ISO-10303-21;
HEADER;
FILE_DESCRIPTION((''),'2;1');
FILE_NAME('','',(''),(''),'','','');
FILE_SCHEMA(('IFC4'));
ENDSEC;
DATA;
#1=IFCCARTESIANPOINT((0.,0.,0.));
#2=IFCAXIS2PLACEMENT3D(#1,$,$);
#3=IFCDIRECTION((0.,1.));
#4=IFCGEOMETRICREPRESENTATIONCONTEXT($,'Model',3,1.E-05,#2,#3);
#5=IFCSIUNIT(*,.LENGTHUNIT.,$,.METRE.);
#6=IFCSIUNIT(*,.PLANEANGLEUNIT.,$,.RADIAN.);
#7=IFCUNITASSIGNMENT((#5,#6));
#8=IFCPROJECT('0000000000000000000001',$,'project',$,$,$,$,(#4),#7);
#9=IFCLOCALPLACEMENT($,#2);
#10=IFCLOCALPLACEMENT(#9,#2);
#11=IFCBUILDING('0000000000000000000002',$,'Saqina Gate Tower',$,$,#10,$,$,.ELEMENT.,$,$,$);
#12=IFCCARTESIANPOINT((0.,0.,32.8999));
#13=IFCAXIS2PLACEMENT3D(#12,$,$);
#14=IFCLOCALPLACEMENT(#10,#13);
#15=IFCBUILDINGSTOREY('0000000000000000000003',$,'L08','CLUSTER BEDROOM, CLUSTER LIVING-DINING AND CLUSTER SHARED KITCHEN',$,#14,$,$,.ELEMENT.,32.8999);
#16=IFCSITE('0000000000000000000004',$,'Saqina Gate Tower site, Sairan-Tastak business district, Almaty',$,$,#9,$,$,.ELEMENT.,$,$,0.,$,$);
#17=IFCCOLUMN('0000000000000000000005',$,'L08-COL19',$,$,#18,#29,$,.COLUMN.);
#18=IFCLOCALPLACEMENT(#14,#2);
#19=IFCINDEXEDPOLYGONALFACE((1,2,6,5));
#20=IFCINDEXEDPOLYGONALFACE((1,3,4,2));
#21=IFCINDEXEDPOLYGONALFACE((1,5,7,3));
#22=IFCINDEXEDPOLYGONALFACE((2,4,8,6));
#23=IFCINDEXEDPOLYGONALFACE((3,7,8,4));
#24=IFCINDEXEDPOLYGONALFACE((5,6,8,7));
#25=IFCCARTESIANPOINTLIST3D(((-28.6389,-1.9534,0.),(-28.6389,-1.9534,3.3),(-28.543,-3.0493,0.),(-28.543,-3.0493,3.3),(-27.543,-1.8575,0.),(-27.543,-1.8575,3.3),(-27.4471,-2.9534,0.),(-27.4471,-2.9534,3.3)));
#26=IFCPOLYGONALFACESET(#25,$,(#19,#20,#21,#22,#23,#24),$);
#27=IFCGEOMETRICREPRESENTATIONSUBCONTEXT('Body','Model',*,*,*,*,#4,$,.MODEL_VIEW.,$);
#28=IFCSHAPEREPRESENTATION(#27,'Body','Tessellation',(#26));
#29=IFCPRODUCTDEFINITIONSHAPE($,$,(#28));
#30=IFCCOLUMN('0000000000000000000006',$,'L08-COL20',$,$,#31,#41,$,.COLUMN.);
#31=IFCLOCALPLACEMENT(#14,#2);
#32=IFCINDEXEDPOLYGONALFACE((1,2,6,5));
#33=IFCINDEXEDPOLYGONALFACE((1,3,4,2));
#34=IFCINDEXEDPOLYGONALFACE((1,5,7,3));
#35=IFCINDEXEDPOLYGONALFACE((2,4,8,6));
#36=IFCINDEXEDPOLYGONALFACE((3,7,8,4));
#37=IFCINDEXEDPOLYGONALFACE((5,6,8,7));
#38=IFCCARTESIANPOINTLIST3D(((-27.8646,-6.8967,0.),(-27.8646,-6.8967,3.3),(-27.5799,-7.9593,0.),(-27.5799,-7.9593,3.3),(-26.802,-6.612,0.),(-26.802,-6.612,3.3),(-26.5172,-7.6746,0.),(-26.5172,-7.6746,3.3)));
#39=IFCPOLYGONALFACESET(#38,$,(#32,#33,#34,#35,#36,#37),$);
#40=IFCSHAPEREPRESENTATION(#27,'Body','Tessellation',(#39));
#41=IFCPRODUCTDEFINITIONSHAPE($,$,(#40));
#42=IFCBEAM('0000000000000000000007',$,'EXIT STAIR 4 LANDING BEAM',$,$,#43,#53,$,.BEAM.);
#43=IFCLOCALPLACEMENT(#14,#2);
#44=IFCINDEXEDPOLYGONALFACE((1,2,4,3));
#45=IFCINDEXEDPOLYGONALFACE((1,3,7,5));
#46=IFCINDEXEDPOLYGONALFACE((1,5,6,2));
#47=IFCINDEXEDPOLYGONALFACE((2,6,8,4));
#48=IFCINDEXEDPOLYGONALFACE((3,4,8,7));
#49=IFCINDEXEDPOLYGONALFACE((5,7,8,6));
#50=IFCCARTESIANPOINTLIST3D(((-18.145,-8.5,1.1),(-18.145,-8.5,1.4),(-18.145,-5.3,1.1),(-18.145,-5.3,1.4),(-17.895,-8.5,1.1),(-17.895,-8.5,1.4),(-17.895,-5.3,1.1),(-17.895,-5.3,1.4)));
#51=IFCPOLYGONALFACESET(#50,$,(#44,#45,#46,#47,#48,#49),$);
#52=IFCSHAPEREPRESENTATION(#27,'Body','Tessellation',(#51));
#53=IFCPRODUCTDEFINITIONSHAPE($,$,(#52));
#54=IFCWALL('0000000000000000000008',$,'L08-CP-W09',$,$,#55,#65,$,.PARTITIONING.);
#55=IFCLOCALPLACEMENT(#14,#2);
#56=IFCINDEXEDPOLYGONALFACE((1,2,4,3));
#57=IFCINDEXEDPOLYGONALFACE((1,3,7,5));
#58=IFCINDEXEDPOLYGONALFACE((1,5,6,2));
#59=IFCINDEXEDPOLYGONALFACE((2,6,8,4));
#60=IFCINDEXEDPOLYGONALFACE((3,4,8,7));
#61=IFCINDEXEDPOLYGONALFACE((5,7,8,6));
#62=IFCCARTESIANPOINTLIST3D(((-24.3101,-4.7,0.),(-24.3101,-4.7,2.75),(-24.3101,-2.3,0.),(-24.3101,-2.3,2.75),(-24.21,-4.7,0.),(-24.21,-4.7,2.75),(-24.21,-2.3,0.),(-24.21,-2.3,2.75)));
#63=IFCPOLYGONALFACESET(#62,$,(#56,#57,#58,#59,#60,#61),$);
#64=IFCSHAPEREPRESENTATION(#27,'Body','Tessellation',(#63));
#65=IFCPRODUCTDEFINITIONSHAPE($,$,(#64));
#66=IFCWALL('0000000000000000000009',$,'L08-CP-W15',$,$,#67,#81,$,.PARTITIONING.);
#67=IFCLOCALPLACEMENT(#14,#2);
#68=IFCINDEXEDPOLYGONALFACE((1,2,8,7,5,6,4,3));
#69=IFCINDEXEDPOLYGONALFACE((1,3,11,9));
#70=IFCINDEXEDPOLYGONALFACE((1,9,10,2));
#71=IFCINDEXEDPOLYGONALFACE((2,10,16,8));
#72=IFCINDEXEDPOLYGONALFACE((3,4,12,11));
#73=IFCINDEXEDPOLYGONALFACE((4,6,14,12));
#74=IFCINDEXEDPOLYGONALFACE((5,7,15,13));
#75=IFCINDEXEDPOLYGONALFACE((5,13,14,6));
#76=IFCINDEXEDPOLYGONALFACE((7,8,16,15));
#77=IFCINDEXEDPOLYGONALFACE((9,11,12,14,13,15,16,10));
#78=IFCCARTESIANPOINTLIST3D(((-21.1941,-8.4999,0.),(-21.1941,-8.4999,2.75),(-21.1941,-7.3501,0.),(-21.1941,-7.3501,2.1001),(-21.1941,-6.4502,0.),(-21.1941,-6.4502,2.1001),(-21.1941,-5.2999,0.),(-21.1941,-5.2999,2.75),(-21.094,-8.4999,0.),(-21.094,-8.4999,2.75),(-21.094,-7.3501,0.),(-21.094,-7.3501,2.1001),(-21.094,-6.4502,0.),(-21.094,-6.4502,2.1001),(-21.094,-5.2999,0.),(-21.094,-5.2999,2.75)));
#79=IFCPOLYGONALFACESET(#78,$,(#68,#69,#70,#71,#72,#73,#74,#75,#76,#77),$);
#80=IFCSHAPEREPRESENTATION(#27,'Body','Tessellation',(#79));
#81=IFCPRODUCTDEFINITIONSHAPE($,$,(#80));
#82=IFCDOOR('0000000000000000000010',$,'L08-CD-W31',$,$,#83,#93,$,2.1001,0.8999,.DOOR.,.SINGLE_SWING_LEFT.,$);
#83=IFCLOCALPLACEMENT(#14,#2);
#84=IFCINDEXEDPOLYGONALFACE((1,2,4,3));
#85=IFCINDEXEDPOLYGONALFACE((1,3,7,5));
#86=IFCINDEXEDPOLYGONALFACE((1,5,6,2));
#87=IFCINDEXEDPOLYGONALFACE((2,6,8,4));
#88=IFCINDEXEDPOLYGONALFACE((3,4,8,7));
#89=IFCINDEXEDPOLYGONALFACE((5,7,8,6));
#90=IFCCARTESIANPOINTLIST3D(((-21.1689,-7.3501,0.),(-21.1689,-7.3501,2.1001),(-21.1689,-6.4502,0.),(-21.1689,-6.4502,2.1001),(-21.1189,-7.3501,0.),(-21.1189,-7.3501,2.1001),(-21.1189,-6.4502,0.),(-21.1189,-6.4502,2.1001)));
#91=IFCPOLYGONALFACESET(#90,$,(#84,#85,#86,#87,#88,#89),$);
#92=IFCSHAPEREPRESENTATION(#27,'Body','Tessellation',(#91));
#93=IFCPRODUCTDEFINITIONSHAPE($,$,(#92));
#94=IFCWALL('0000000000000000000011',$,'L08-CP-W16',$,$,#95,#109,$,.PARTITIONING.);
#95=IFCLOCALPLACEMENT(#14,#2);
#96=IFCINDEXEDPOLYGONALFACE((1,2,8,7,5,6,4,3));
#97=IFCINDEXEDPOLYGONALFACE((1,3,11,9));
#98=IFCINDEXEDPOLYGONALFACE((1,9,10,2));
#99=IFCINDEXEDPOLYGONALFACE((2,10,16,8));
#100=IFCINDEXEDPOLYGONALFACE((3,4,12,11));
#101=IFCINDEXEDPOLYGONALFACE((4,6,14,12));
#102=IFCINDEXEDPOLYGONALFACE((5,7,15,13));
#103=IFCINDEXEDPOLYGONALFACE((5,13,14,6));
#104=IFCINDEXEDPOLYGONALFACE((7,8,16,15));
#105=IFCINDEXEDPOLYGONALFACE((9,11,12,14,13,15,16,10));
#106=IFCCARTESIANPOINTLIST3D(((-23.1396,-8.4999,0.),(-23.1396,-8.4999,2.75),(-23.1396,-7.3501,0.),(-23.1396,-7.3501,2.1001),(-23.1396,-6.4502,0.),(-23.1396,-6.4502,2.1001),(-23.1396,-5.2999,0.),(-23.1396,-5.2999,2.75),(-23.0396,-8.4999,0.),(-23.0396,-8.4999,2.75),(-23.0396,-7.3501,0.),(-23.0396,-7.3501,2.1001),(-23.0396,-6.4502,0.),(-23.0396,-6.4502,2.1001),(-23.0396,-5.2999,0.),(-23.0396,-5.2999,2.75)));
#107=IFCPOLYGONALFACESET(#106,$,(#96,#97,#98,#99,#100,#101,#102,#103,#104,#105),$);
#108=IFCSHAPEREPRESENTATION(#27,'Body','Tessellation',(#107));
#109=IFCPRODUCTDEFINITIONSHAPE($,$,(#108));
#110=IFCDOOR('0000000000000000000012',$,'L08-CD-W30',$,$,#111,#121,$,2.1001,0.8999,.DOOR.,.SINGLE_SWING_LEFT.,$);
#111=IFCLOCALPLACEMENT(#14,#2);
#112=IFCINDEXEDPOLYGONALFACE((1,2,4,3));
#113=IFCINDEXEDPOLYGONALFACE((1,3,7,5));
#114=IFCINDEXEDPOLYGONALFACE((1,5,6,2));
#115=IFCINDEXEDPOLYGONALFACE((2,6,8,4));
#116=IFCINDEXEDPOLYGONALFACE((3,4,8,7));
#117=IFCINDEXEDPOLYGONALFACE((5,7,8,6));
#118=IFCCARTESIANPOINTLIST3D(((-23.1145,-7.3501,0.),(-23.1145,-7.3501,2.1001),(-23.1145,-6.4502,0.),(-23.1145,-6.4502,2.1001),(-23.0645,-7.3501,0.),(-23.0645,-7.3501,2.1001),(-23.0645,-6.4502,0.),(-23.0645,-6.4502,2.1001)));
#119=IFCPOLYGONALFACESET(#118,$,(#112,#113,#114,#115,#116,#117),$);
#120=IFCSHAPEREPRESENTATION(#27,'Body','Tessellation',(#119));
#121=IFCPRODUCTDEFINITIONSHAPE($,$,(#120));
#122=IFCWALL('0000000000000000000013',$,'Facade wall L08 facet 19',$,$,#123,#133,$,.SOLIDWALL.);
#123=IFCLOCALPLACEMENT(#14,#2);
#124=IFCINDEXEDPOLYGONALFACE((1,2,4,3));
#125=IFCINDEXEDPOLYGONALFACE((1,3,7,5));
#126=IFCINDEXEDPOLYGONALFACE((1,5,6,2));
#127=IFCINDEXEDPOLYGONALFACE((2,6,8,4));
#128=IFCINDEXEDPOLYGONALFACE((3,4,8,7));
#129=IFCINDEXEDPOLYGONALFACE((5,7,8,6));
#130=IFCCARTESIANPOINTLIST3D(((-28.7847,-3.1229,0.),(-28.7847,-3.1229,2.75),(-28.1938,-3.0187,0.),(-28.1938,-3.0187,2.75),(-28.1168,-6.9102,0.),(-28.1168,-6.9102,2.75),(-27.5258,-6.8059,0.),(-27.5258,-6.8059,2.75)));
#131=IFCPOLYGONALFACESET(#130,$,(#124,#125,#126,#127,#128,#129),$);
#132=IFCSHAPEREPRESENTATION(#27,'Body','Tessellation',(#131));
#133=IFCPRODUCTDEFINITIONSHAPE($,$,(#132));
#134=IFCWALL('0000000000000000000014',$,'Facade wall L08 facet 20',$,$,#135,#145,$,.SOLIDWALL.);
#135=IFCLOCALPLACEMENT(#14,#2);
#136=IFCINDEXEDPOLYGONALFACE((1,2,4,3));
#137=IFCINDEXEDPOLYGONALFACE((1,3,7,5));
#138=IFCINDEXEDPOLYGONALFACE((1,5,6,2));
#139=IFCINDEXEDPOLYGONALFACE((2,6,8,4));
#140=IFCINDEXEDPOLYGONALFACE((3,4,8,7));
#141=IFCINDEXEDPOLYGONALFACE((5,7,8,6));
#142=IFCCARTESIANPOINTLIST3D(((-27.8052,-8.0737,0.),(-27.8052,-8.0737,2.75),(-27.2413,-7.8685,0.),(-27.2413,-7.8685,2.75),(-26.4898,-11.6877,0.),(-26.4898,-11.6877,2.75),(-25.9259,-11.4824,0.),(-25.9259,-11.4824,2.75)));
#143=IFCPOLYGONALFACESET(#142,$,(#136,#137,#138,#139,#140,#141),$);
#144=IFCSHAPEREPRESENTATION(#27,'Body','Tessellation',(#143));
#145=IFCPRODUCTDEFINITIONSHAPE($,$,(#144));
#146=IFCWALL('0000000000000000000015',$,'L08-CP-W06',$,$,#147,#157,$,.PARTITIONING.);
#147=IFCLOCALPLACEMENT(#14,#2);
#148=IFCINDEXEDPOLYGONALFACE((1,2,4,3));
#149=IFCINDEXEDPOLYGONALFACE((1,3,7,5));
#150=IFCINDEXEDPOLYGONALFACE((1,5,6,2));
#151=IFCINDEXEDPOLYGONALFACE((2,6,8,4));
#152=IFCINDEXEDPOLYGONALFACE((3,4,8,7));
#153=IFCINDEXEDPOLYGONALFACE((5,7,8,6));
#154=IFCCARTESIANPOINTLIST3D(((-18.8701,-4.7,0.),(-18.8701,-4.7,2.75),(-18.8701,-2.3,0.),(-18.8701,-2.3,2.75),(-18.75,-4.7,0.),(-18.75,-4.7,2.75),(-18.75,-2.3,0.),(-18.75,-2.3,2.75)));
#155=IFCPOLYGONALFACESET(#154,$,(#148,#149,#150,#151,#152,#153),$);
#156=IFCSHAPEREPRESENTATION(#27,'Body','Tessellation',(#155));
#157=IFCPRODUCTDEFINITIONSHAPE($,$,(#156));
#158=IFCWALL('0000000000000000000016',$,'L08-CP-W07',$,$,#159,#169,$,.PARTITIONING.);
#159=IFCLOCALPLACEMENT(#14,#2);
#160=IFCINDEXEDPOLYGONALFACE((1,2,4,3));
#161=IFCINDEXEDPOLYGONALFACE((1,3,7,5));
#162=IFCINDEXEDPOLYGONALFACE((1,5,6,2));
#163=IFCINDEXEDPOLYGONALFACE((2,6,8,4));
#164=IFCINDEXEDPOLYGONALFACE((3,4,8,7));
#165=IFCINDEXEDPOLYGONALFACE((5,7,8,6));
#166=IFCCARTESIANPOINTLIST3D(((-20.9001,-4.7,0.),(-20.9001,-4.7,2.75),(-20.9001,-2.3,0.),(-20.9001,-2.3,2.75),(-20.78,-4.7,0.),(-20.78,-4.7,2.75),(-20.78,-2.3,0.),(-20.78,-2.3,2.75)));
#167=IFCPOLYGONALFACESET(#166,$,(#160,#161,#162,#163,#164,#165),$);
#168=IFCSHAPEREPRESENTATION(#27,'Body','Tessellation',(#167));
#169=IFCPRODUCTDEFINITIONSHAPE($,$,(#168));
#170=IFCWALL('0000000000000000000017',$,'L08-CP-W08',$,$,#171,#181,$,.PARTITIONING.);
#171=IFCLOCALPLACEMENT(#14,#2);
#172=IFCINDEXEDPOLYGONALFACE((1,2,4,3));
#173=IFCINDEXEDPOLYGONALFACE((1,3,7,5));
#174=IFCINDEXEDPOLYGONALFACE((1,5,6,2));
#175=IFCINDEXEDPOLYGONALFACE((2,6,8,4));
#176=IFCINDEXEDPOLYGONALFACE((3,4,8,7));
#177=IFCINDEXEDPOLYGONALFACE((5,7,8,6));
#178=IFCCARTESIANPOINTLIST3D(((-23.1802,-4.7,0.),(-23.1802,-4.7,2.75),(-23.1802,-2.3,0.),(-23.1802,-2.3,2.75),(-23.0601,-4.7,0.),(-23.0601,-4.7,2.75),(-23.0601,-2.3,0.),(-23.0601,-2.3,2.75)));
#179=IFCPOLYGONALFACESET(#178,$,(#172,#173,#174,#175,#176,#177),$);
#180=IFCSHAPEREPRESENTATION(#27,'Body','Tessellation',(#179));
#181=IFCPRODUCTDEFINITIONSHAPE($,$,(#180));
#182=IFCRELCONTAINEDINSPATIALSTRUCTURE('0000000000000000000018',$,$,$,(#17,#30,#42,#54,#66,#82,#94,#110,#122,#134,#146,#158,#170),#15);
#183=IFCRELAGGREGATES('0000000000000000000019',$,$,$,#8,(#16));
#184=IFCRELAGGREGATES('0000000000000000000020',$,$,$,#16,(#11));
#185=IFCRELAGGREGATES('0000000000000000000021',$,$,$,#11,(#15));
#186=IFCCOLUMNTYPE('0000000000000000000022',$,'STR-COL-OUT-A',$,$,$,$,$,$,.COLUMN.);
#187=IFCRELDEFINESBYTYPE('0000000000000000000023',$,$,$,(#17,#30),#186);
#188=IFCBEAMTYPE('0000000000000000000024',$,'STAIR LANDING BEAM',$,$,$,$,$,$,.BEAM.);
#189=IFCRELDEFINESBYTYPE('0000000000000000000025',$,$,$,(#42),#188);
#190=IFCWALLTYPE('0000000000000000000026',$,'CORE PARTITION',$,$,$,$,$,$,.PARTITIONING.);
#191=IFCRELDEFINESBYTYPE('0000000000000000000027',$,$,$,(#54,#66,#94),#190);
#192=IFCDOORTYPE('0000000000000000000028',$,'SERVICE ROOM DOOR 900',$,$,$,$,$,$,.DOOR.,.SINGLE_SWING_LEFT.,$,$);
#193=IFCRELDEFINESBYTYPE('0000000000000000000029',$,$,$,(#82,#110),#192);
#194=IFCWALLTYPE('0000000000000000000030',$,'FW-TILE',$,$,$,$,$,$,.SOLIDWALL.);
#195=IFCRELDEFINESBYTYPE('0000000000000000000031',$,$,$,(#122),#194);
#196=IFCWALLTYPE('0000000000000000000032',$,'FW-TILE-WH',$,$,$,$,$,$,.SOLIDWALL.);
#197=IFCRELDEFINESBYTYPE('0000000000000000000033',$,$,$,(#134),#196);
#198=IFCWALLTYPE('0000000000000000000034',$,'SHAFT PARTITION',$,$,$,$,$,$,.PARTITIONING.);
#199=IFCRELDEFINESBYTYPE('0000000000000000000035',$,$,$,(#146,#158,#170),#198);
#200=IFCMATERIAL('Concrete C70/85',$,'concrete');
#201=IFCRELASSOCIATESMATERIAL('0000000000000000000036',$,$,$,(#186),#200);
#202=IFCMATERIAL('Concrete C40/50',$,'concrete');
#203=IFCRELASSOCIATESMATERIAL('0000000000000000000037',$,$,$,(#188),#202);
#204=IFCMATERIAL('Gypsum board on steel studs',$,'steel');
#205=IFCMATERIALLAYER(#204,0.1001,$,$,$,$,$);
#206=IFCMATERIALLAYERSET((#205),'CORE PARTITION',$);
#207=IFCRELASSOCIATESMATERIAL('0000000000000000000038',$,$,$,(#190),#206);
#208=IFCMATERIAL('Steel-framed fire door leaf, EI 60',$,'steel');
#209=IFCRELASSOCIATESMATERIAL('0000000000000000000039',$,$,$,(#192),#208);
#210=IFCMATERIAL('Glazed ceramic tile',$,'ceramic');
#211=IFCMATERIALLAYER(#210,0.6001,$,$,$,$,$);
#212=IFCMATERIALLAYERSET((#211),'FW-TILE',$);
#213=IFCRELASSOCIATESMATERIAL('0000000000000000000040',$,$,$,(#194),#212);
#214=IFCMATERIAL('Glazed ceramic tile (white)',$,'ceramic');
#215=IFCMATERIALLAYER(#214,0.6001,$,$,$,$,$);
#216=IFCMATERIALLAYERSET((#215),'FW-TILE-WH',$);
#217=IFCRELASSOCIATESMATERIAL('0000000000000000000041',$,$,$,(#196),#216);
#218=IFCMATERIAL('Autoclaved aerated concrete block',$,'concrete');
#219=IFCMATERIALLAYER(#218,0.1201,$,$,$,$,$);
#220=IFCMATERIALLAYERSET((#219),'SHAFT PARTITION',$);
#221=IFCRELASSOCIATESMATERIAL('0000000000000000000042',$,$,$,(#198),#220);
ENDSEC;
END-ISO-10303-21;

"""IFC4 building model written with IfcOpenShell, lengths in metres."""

from ifc_helpers import new_model, si_unit, direction, frame, frame_2d, origin, origin_2d, place, context, subcontext, project, spatial, rectangle, extrude, material, layer, layer_set, material_profile, profile_set, type_object, element, fill, save


model = new_model("IFC4")

# Units and contexts
model_context = context("Model", 3, precision=1e-05, world=origin(), true_north=direction((0.0, 1.0)))
body_context = subcontext(model_context, "Body", "Model", "MODEL_VIEW")
ifc_project = project(units=[si_unit("LENGTHUNIT", "METRE"), si_unit("PLANEANGLEUNIT", "RADIAN")], contexts=[model_context])

# Site, building, storey
site_placement = place(None, origin())
site = spatial("IfcSite", under=ifc_project, at=site_placement, Name="Saqina Gate Tower site, Sairan-Tastak business district, Almaty", CompositionType="ELEMENT", RefElevation=0.0)
building_placement = place(site_placement, origin())
building = spatial("IfcBuilding", under=site, at=building_placement, Name="Saqina Gate Tower", CompositionType="ELEMENT")
storey_placement = place(building_placement, frame((0.0, 0.0, 32.8999)))
storey = spatial("IfcBuildingStorey", under=building, at=storey_placement, Name="L08", Description="CLUSTER BEDROOM, CLUSTER LIVING-DINING AND CLUSTER SHARED KITCHEN", CompositionType="ELEMENT", Elevation=32.8999)

# Columns
ifc_material_1 = material(Name="Concrete C70/85", Category="concrete")
ifc_material_profile_1 = material_profile(ifc_material_1, rectangle(XDim=1.1001, YDim=1.1001, at=origin_2d()), Name="RC 1100x1100")
ifc_profile_set_1 = profile_set([ifc_material_profile_1], Name="Concrete C70/85")
column_type = type_object("IfcColumnType", Name="STR-COL-OUT-A", PredefinedType="COLUMN", material=ifc_profile_set_1)
for number, where, z_axis, x_axis, name in (
    (1, (-28.043, -2.4534, 0.0), (0.0, 0.0, 1.0), (-0.996195, -0.087156, 0.0), "L08-COL19"),
    (2, (-27.1909, -7.2856, 0.0), (0.0, 0.0, 1.0), (-0.965926, -0.258819, 0.0), "L08-COL20"),
):
    element("IfcColumn", number, at=place(storey_placement, frame(where, z_axis=z_axis, x_axis=x_axis)), inside=storey, type_object=column_type, Name=name, PredefinedType="COLUMN", context=body_context, shape_type="SweptSolid", body=[
        extrude(rectangle(XDim=1.1001, YDim=1.1001, at=origin_2d()), origin(), (0.0, 0.0, 1.0), 3.3),
    ])

# Beam
ifc_material_2 = material(Name="Concrete C40/50", Category="concrete")
ifc_material_profile_2 = material_profile(ifc_material_2, rectangle(XDim=0.25, YDim=0.3, at=origin_2d()), Name="STAIR LANDING BEAM")
ifc_profile_set_2 = profile_set([ifc_material_profile_2], Name="Concrete C40/50")
beam_type = type_object("IfcBeamType", Name="STAIR LANDING BEAM", PredefinedType="BEAM", material=ifc_profile_set_2)
beam_placement = place(storey_placement, frame((-18.02, -8.5, 1.25), z_axis=(0.0, 1.0, 0.0), x_axis=(-1.0, 0.0, 0.0)))
element("IfcBeam", 3, at=beam_placement, inside=storey, type_object=beam_type, Name="EXIT STAIR 4 LANDING BEAM", PredefinedType="BEAM", context=body_context, shape_type="SweptSolid", body=[
    extrude(rectangle(XDim=0.25, YDim=0.3, at=origin_2d()), origin(), (0.0, 0.0, 1.0), 3.2),
])

# Wall
ifc_material_3 = material(Name="Gypsum board on steel studs", Category="steel")
ifc_layer_1 = layer(ifc_material_3, 0.1001)
ifc_layer_set_1 = layer_set([ifc_layer_1], Name="CORE PARTITION")
wall_type_1 = type_object("IfcWallType", Name="CORE PARTITION", PredefinedType="PARTITIONING", material=ifc_layer_set_1)
wall_1_placement = place(storey_placement, frame((-24.26, -4.7, 0.0), z_axis=(0.0, 0.0, 1.0), x_axis=(0.0, 1.0, 0.0)))
element("IfcWall", 4, at=wall_1_placement, inside=storey, type_object=wall_type_1, Name="L08-CP-W09", PredefinedType="PARTITIONING", context=body_context, shape_type="SweptSolid", body=[
    extrude(rectangle(XDim=2.3999, YDim=0.1001, at=frame_2d((1.2, 0.0))), origin(), (0.0, 0.0, 1.0), 2.75),
])

# Walls, openings, doors
wall_2_placement = place(storey_placement, frame((-21.144, -8.5, 0.0), z_axis=(0.0, 0.0, 1.0), x_axis=(0.0, 1.0, 0.0)))
wall_2 = element("IfcWall", 5, at=wall_2_placement, inside=storey, type_object=wall_type_1, Name="L08-CP-W15", PredefinedType="PARTITIONING", context=body_context, shape_type="SweptSolid", body=[
    extrude(rectangle(XDim=3.2, YDim=0.1001, at=frame_2d((1.6001, 0.0))), origin(), (0.0, 0.0, 1.0), 2.75),
])
opening_1_placement = place(wall_2_placement, frame((1.1499, 0.0, 0.0)))
opening_1 = element("IfcOpeningElement", 6, at=opening_1_placement, cuts=wall_2, PredefinedType="OPENING", context=body_context, shape_type="SweptSolid", body=[
    extrude(rectangle(XDim=0.8999, YDim=2.1001, at=frame_2d((0.45, 1.05))), frame((0.0, 0.062, 0.0), z_axis=(0.0, -1.0, 0.0), x_axis=(1.0, 0.0, 0.0)), (0.0, 0.0, 1.0), 0.124),
])
ifc_material_4 = material(Name="Steel-framed fire door leaf, EI 60", Category="steel")
door_type = type_object("IfcDoorType", Name="SERVICE ROOM DOOR 900", OperationType="SINGLE_SWING_LEFT", PredefinedType="DOOR", material=ifc_material_4)
door_1_placement = place(opening_1_placement, origin())
door_1 = element("IfcDoor", 7, at=door_1_placement, inside=storey, type_object=door_type, Name="L08-CD-W31", OperationType="SINGLE_SWING_LEFT", OverallHeight=2.1001, OverallWidth=0.8999, PredefinedType="DOOR", context=body_context, shape_type="SweptSolid", body=[
    extrude(rectangle(XDim=0.8999, YDim=2.1001, at=frame_2d((0.45, 1.05))), frame((0.0, 0.0249, 0.0), z_axis=(0.0, -1.0, 0.0), x_axis=(1.0, 0.0, 0.0)), (0.0, 0.0, 1.0), 0.05),
])
fill(opening_1, door_1)
wall_3_placement = place(storey_placement, frame((-23.0896, -8.5, 0.0), z_axis=(0.0, 0.0, 1.0), x_axis=(0.0, 1.0, 0.0)))
wall_3 = element("IfcWall", 8, at=wall_3_placement, inside=storey, type_object=wall_type_1, Name="L08-CP-W16", PredefinedType="PARTITIONING", context=body_context, shape_type="SweptSolid", body=[
    extrude(rectangle(XDim=3.2, YDim=0.1001, at=frame_2d((1.6001, 0.0))), origin(), (0.0, 0.0, 1.0), 2.75),
])
opening_2_placement = place(wall_3_placement, frame((1.1499, 0.0, 0.0)))
opening_2 = element("IfcOpeningElement", 9, at=opening_2_placement, cuts=wall_3, PredefinedType="OPENING", context=body_context, shape_type="SweptSolid", body=[
    extrude(rectangle(XDim=0.8999, YDim=2.1001, at=frame_2d((0.45, 1.05))), frame((0.0, 0.062, 0.0), z_axis=(0.0, -1.0, 0.0), x_axis=(1.0, 0.0, 0.0)), (0.0, 0.0, 1.0), 0.124),
])
door_2_placement = place(opening_2_placement, origin())
door_2 = element("IfcDoor", 10, at=door_2_placement, inside=storey, type_object=door_type, Name="L08-CD-W30", OperationType="SINGLE_SWING_LEFT", OverallHeight=2.1001, OverallWidth=0.8999, PredefinedType="DOOR", context=body_context, shape_type="SweptSolid", body=[
    extrude(rectangle(XDim=0.8999, YDim=2.1001, at=frame_2d((0.45, 1.05))), frame((0.0, 0.0249, 0.0), z_axis=(0.0, -1.0, 0.0), x_axis=(1.0, 0.0, 0.0)), (0.0, 0.0, 1.0), 0.05),
])
fill(opening_2, door_2)

# Walls
ifc_material_5 = material(Name="Glazed ceramic tile", Category="ceramic")
ifc_layer_2 = layer(ifc_material_5, 0.6001)
ifc_layer_set_2 = layer_set([ifc_layer_2], Name="FW-TILE")
wall_type_2 = type_object("IfcWallType", Name="FW-TILE", PredefinedType="SOLIDWALL", material=ifc_layer_set_2)
wall_4_placement = place(storey_placement, frame((-28.4893, -3.0708, 0.0), z_axis=(0.0, 0.0, 1.0), x_axis=(0.173688, -0.984801, 0.0)))
element("IfcWall", 11, at=wall_4_placement, inside=storey, type_object=wall_type_2, Name="Facade wall L08 facet 19", PredefinedType="SOLIDWALL", context=body_context, shape_type="SweptSolid", body=[
    extrude(rectangle(XDim=3.8457, YDim=0.6001, at=frame_2d((1.9229, 0.0))), origin(), (0.0, 0.0, 1.0), 2.75),
])
ifc_material_6 = material(Name="Glazed ceramic tile (white)", Category="ceramic")
ifc_layer_3 = layer(ifc_material_6, 0.6001)
ifc_layer_set_3 = layer_set([ifc_layer_3], Name="FW-TILE-WH")
wall_type_3 = type_object("IfcWallType", Name="FW-TILE-WH", PredefinedType="SOLIDWALL", material=ifc_layer_set_3)
wall_5_placement = place(storey_placement, frame((-27.5232, -7.9712, 0.0), z_axis=(0.0, 0.0, 1.0), x_axis=(0.342028, -0.93969, 0.0)))
element("IfcWall", 12, at=wall_5_placement, inside=storey, type_object=wall_type_3, Name="Facade wall L08 facet 20", PredefinedType="SOLIDWALL", context=body_context, shape_type="SweptSolid", body=[
    extrude(rectangle(XDim=3.8459, YDim=0.6001, at=frame_2d((1.9229, 0.0))), origin(), (0.0, 0.0, 1.0), 2.75),
])
ifc_material_7 = material(Name="Autoclaved aerated concrete block", Category="concrete")
ifc_layer_4 = layer(ifc_material_7, 0.1201)
ifc_layer_set_4 = layer_set([ifc_layer_4], Name="SHAFT PARTITION")
wall_type_4 = type_object("IfcWallType", Name="SHAFT PARTITION", PredefinedType="PARTITIONING", material=ifc_layer_set_4)
for number, where, z_axis, x_axis, name in (
    (13, (-18.8101, -4.7, 0.0), (0.0, 0.0, 1.0), (0.0, 1.0, 0.0), "L08-CP-W06"),
    (14, (-20.8401, -4.7, 0.0), (0.0, 0.0, 1.0), (0.0, 1.0, 0.0), "L08-CP-W07"),
    (15, (-23.1201, -4.7, 0.0), (0.0, 0.0, 1.0), (0.0, 1.0, 0.0), "L08-CP-W08"),
):
    element("IfcWall", number, at=place(storey_placement, frame(where, z_axis=z_axis, x_axis=x_axis)), inside=storey, type_object=wall_type_4, Name=name, PredefinedType="PARTITIONING", context=body_context, shape_type="SweptSolid", body=[
        extrude(rectangle(XDim=2.3999, YDim=0.1201, at=frame_2d((1.2, 0.0))), origin(), (0.0, 0.0, 1.0), 2.75),
    ])

save(model, "model.ifc")
